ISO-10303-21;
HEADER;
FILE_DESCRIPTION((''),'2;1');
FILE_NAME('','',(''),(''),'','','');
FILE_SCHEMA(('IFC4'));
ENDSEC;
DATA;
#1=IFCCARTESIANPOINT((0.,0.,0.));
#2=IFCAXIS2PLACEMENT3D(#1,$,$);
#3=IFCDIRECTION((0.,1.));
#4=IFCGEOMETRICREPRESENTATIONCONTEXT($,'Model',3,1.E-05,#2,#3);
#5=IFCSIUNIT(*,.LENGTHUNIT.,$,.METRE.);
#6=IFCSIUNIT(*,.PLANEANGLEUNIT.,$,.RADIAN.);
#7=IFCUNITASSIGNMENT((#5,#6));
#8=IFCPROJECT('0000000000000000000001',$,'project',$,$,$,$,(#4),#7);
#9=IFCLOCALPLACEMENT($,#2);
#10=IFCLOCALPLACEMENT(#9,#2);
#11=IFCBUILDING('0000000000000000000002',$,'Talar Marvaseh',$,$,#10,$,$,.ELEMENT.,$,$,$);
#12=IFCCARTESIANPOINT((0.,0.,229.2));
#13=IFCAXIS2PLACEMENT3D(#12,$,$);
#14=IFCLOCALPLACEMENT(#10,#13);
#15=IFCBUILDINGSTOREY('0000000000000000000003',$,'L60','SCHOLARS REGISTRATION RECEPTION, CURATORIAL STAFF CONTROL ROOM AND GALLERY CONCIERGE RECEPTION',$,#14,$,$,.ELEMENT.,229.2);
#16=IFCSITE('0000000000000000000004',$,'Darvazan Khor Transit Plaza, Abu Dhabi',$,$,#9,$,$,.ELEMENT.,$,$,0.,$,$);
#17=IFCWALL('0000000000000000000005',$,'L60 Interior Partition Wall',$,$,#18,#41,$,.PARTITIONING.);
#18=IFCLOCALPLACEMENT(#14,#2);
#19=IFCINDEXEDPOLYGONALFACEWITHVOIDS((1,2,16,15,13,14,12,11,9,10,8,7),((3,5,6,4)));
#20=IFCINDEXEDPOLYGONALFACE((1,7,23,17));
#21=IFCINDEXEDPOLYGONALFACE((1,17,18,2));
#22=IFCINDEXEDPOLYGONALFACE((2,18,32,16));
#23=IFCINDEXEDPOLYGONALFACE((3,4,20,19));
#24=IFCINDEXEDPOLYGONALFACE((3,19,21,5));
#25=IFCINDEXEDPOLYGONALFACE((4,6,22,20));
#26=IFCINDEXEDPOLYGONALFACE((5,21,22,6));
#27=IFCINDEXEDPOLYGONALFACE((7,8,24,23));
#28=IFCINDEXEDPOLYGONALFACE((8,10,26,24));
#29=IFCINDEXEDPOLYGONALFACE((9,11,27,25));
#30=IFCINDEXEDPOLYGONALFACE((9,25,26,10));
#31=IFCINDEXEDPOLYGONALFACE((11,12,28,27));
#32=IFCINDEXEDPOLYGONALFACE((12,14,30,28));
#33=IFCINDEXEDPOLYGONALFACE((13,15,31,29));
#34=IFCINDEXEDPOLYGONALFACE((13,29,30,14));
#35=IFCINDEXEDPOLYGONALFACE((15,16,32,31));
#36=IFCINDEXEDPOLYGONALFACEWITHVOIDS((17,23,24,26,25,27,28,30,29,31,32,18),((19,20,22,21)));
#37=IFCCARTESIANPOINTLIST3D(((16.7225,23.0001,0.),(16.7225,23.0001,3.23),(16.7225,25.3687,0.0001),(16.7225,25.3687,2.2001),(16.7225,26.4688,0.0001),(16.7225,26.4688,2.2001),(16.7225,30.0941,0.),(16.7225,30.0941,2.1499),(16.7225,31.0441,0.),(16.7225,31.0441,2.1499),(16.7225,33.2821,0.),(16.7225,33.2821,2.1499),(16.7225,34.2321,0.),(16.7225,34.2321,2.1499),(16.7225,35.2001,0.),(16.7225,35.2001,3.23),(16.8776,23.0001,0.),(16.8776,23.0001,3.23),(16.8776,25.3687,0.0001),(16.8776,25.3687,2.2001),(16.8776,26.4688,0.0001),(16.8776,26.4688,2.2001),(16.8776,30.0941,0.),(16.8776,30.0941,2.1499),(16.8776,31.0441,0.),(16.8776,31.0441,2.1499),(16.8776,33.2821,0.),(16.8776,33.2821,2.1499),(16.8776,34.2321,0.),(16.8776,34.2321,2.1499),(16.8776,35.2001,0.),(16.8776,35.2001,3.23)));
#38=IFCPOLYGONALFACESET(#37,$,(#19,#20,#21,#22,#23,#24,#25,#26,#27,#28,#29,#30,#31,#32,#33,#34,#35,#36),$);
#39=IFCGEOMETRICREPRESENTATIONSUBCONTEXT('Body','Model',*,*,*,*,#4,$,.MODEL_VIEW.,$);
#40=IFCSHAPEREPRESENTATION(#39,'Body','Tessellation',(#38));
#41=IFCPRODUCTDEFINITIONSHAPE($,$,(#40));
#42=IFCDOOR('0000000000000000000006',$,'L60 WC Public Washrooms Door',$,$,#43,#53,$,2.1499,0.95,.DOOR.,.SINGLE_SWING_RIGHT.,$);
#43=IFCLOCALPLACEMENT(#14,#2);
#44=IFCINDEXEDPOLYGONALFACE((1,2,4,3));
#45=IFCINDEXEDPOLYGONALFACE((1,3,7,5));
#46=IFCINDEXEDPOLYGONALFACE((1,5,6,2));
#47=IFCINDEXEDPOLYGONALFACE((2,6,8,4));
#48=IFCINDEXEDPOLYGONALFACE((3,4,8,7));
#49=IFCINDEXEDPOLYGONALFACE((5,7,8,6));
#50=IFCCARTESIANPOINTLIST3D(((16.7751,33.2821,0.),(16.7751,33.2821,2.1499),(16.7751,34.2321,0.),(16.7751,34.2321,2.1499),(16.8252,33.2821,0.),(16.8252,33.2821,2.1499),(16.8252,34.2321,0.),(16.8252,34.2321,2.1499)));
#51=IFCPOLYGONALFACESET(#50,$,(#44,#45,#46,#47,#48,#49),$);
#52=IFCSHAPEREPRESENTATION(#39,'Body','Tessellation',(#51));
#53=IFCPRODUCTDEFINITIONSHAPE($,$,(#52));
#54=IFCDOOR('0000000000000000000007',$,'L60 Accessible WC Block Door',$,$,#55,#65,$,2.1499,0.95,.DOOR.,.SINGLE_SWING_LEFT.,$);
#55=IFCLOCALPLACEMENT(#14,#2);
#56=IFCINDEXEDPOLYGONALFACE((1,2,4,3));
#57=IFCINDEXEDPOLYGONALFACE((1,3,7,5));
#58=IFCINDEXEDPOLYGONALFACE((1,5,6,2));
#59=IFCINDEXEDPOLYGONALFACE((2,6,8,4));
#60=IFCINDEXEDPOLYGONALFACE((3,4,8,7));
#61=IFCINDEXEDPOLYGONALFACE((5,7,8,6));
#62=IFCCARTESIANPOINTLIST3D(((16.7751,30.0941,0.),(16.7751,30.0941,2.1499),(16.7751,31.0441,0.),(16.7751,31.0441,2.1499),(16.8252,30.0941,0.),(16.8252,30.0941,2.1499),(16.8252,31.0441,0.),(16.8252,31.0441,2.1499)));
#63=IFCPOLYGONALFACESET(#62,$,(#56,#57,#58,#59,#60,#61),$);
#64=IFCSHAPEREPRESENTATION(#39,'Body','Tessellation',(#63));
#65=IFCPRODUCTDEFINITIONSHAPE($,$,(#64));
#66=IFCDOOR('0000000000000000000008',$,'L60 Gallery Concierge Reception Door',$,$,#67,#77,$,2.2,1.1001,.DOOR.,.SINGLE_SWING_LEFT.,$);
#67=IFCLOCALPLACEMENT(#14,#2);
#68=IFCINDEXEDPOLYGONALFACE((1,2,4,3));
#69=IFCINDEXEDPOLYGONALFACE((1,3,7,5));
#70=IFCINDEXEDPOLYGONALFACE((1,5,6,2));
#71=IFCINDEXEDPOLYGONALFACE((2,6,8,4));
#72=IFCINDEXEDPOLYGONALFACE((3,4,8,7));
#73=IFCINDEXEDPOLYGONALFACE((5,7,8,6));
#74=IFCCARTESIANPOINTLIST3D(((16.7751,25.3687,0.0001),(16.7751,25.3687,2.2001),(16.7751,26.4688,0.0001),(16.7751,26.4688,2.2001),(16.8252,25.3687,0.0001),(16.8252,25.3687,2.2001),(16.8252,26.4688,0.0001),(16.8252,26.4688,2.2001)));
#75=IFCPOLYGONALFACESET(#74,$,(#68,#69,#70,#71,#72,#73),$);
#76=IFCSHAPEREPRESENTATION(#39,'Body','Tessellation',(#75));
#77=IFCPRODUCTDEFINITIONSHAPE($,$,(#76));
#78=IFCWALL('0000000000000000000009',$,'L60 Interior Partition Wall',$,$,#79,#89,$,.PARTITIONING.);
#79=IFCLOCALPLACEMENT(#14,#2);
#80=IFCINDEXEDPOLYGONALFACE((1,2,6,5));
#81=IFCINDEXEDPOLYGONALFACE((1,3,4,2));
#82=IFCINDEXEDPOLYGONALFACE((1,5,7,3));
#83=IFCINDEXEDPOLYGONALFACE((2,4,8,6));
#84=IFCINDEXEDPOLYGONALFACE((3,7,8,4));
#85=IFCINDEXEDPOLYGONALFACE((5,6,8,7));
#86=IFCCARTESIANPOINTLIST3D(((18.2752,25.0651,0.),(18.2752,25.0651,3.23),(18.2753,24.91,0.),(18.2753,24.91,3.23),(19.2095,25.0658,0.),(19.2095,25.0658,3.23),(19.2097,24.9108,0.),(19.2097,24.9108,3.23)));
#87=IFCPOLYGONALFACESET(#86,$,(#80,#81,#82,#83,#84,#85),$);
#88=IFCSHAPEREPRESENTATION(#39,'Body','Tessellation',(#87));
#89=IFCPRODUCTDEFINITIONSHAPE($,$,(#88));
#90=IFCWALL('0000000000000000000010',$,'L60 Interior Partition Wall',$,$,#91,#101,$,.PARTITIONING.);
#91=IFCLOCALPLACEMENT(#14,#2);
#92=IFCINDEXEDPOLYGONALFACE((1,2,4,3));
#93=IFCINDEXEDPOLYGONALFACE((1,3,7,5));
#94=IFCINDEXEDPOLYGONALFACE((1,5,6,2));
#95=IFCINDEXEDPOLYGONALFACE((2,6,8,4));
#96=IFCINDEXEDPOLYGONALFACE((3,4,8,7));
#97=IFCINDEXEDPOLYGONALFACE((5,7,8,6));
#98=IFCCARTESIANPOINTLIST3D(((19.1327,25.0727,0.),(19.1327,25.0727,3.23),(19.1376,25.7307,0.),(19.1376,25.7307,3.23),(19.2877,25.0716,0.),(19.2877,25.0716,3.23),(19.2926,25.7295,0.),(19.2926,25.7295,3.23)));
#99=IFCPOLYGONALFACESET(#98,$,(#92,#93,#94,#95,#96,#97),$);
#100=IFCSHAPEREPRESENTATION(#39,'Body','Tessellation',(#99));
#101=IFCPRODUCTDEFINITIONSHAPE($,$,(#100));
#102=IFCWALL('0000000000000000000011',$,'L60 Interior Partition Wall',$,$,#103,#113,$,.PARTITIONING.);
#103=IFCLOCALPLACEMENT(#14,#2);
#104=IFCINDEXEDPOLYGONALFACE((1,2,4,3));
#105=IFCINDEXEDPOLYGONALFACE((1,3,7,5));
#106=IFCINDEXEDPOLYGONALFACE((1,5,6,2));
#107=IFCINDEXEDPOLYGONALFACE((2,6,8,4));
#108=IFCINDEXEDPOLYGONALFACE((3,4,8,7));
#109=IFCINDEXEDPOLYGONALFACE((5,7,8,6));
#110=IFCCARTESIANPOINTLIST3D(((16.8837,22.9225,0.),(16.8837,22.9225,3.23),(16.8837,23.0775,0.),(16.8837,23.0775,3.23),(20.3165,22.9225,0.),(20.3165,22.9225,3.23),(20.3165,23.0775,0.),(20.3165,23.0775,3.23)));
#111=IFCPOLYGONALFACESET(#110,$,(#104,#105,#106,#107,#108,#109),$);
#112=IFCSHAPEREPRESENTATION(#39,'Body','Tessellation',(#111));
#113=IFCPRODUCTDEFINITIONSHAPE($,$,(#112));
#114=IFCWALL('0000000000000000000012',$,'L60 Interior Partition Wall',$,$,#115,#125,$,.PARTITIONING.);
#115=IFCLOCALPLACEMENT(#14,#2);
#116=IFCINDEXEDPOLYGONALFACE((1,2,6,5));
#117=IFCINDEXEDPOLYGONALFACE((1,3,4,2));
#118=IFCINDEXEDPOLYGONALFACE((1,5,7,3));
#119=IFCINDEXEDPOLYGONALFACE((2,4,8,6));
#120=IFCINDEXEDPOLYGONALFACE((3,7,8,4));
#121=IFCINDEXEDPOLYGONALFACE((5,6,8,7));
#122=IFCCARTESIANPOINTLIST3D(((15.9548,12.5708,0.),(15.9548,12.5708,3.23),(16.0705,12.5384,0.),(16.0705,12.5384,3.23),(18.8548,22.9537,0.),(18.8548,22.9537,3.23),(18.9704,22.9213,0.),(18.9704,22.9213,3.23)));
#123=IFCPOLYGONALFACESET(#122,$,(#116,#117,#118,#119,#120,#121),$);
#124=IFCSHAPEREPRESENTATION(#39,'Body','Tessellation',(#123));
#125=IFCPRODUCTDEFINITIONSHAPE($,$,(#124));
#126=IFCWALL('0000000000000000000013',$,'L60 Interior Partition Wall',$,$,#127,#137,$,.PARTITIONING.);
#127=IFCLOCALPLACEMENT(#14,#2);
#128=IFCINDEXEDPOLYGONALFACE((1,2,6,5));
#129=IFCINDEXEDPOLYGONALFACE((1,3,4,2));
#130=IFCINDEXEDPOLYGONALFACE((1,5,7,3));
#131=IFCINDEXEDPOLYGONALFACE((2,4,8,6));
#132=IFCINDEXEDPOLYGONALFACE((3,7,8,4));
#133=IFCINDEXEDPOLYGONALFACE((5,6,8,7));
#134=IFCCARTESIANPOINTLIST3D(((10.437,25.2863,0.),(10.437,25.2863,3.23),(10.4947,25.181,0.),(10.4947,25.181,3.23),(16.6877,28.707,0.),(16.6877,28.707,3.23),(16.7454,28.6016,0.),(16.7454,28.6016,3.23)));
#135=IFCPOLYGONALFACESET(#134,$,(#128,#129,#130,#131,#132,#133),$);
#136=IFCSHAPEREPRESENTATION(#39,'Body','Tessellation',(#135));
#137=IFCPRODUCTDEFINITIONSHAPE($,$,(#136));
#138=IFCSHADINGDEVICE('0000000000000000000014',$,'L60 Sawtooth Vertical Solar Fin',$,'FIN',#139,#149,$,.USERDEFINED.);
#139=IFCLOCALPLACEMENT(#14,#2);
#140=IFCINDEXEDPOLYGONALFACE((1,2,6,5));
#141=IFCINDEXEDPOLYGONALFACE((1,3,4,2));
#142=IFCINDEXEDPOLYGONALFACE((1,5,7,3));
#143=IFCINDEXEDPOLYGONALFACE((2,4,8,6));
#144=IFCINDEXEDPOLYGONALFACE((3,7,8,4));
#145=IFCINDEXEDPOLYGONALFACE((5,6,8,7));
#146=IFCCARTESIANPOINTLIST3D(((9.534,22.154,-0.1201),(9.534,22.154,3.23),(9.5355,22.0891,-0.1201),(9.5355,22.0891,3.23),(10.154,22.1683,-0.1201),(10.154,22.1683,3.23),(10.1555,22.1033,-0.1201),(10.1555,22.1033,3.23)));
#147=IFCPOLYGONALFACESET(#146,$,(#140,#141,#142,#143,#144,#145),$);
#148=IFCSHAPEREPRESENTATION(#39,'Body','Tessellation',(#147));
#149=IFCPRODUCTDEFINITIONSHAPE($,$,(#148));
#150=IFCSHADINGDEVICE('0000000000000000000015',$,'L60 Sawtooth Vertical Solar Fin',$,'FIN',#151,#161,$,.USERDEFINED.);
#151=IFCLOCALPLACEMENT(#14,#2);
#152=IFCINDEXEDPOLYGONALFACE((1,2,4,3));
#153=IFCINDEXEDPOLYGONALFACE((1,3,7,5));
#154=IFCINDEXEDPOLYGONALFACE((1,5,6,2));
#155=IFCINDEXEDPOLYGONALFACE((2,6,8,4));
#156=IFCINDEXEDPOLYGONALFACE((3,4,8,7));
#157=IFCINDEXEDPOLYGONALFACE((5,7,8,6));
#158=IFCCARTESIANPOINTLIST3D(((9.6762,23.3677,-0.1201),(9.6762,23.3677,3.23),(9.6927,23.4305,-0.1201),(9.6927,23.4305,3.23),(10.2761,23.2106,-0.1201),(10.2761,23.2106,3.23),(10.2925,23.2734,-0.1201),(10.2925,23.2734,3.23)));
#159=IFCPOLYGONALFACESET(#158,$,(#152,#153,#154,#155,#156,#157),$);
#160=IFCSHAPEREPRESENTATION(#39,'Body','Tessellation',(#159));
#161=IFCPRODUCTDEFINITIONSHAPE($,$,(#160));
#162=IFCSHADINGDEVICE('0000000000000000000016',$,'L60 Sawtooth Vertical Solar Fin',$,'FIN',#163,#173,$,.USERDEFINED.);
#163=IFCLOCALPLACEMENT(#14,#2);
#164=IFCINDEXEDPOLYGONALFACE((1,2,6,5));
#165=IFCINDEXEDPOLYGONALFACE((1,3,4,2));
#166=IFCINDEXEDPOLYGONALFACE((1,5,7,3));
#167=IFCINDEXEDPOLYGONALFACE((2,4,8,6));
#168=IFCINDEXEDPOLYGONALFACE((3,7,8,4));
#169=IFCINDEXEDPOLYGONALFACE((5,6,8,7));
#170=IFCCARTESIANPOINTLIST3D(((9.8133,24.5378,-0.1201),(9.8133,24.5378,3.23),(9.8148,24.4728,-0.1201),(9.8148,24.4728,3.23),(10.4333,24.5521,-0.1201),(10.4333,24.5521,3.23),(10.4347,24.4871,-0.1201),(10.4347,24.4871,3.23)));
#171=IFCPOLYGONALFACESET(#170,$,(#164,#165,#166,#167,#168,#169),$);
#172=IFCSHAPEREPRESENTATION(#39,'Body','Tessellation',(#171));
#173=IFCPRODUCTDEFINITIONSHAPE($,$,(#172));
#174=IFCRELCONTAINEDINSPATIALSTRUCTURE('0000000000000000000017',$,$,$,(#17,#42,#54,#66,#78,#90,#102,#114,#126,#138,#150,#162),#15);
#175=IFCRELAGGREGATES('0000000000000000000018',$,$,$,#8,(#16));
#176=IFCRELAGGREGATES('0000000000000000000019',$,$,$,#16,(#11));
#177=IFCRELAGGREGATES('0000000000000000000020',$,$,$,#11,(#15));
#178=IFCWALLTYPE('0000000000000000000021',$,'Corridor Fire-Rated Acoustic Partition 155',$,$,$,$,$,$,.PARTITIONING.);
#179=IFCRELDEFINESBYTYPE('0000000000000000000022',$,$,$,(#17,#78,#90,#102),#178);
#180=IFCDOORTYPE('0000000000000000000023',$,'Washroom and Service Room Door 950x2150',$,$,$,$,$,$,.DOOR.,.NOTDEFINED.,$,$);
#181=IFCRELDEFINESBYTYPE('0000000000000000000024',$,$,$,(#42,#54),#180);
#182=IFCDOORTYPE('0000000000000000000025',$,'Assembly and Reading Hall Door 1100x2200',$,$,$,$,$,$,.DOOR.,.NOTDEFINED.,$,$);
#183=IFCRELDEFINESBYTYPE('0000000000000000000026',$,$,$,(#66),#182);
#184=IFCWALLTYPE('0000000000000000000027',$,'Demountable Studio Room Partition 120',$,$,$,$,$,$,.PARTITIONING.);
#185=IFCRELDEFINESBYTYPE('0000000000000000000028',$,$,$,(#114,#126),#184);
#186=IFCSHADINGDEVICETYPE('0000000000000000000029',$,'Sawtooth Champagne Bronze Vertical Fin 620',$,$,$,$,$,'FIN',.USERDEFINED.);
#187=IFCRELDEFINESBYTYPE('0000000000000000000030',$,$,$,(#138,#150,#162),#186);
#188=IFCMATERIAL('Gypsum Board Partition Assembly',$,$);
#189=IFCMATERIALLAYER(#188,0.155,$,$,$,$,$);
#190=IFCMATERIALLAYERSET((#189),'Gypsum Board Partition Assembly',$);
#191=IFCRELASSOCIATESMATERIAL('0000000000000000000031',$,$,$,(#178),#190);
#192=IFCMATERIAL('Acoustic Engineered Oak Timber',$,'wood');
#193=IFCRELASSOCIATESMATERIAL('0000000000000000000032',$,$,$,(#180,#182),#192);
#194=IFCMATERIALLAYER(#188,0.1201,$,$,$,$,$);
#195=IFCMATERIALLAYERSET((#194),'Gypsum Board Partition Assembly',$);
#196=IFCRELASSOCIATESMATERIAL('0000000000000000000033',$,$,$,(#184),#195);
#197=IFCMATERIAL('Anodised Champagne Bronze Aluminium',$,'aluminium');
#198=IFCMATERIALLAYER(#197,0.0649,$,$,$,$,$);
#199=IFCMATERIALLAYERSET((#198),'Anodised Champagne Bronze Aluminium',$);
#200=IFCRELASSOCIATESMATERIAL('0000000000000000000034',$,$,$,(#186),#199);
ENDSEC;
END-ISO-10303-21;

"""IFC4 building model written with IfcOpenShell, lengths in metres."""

from ifc_helpers import new_model, si_unit, direction, frame, frame_2d, origin, origin_2d, place, context, subcontext, project, spatial, rectangle, extrude, source, transform, mapped, material, layer, layer_set, type_object, type_shapes, element, fill, save


model = new_model("IFC4")

# Units and contexts
model_context = context("Model", 3, precision=1e-05, world=origin(), true_north=direction((0.0, 1.0)))
body_context = subcontext(model_context, "Body", "Model", "MODEL_VIEW")
ifc_project = project(units=[si_unit("LENGTHUNIT", "METRE"), si_unit("PLANEANGLEUNIT", "RADIAN")], contexts=[model_context])

# Site, building, storey
site_placement = place(None, origin())
site = spatial("IfcSite", under=ifc_project, at=site_placement, Name="Darvazan Khor Transit Plaza, Abu Dhabi", CompositionType="ELEMENT", RefElevation=0.0)
building_placement = place(site_placement, origin())
building = spatial("IfcBuilding", under=site, at=building_placement, Name="Talar Marvaseh", CompositionType="ELEMENT")
storey_placement = place(building_placement, frame((0.0, 0.0, 229.2)))
storey = spatial("IfcBuildingStorey", under=building, at=storey_placement, Name="L60", Description="SCHOLARS REGISTRATION RECEPTION, CURATORIAL STAFF CONTROL ROOM AND GALLERY CONCIERGE RECEPTION", CompositionType="ELEMENT", Elevation=229.2)

# Wall, openings, doors
ifc_material_1 = material(Name="Gypsum Board Partition Assembly")
ifc_layer_1 = layer(ifc_material_1, 0.155)
ifc_layer_set_1 = layer_set([ifc_layer_1], Name="Gypsum Board Partition Assembly")
wall_type_1 = type_object("IfcWallType", Name="Corridor Fire-Rated Acoustic Partition 155", PredefinedType="PARTITIONING", material=ifc_layer_set_1)
wall_1_placement = place(storey_placement, frame((16.8, 23.0, 0.0), z_axis=(0.0, 0.0, 1.0), x_axis=(0.0, 1.0, 0.0)))
wall_1 = element("IfcWall", 1, at=wall_1_placement, inside=storey, type_object=wall_type_1, Name="L60 Interior Partition Wall", PredefinedType="PARTITIONING", context=body_context, shape_type="SweptSolid", body=[
    extrude(rectangle(XDim=12.2, YDim=0.155, at=frame_2d((6.1001, 0.0))), origin(), (0.0, 0.0, 1.0), 3.23),
])
opening_1_placement = place(wall_1_placement, frame((2.3687, 0.0, 0.0)))
opening_1 = element("IfcOpeningElement", 2, at=opening_1_placement, cuts=wall_1, PredefinedType="OPENING", context=body_context, shape_type="SweptSolid", body=[
    extrude(rectangle(XDim=1.1001, YDim=2.2, at=frame_2d((0.55, 1.1001))), frame((0.0, 0.0874, 0.0), z_axis=(0.0, -1.0, 0.0), x_axis=(1.0, 0.0, 0.0)), (0.0, 0.0, 1.0), 0.175),
])
opening_2_placement = place(wall_1_placement, frame((10.282, 0.0, 0.0)))
opening_2 = element("IfcOpeningElement", 3, at=opening_2_placement, cuts=wall_1, PredefinedType="OPENING", context=body_context, shape_type="SweptSolid", body=[
    extrude(rectangle(XDim=0.95, YDim=2.1499, at=frame_2d((0.4751, 1.075))), frame((0.0, 0.0874, 0.0), z_axis=(0.0, -1.0, 0.0), x_axis=(1.0, 0.0, 0.0)), (0.0, 0.0, 1.0), 0.175),
])
opening_3_placement = place(wall_1_placement, frame((7.094, 0.0, 0.0)))
opening_3 = element("IfcOpeningElement", 4, at=opening_3_placement, cuts=wall_1, PredefinedType="OPENING", context=body_context, shape_type="SweptSolid", body=[
    extrude(rectangle(XDim=0.95, YDim=2.1499, at=frame_2d((0.4751, 1.075))), frame((0.0, 0.0874, 0.0), z_axis=(0.0, -1.0, 0.0), x_axis=(1.0, 0.0, 0.0)), (0.0, 0.0, 1.0), 0.175),
])
ifc_material_2 = material(Name="Acoustic Engineered Oak Timber", Category="wood")
door_type_1 = type_object("IfcDoorType", Name="Washroom and Service Room Door 950x2150", OperationType="NOTDEFINED", PredefinedType="DOOR", material=ifc_material_2)
shared_shape_1 = source(origin(), body_context, "Body", "SweptSolid", [
    extrude(rectangle(XDim=0.95, YDim=2.1499, at=frame_2d((0.4751, 1.075))), frame((0.0, 0.0249, 0.0), z_axis=(0.0, -1.0, 0.0), x_axis=(1.0, 0.0, 0.0)), (0.0, 0.0, 1.0), 0.05),
])
type_shapes(door_type_1, [shared_shape_1])
door_1_placement = place(opening_2_placement, origin())
door_1 = element("IfcDoor", 5, at=door_1_placement, inside=storey, type_object=door_type_1, Name="L60 WC Public Washrooms Door", OperationType="SINGLE_SWING_RIGHT", OverallHeight=2.1499, OverallWidth=0.95, PredefinedType="DOOR", context=body_context, shape_type="MappedRepresentation", body=[
    mapped(shared_shape_1, transform((0.0, 0.0, 0.0), x_axis=(1.0, 0.0, 0.0), y_axis=(0.0, 1.0, 0.0), z_axis=(0.0, 0.0, 1.0), scale=1.0)),
])
fill(opening_2, door_1)
door_2_placement = place(opening_3_placement, origin())
door_2 = element("IfcDoor", 6, at=door_2_placement, inside=storey, type_object=door_type_1, Name="L60 Accessible WC Block Door", OperationType="SINGLE_SWING_LEFT", OverallHeight=2.1499, OverallWidth=0.95, PredefinedType="DOOR", context=body_context, shape_type="MappedRepresentation", body=[
    mapped(shared_shape_1, transform((0.0, 0.0, 0.0), x_axis=(1.0, 0.0, 0.0), y_axis=(0.0, 1.0, 0.0), z_axis=(0.0, 0.0, 1.0), scale=1.0)),
])
fill(opening_3, door_2)
door_type_2 = type_object("IfcDoorType", Name="Assembly and Reading Hall Door 1100x2200", OperationType="NOTDEFINED", PredefinedType="DOOR", material=ifc_material_2)
shared_shape_2 = source(origin(), body_context, "Body", "SweptSolid", [
    extrude(rectangle(XDim=1.1001, YDim=2.2, at=frame_2d((0.55, 1.1001))), frame((0.0, 0.0249, 0.0), z_axis=(0.0, -1.0, 0.0), x_axis=(1.0, 0.0, 0.0)), (0.0, 0.0, 1.0), 0.05),
])
type_shapes(door_type_2, [shared_shape_2])
door_3_placement = place(opening_1_placement, origin())
door_3 = element("IfcDoor", 7, at=door_3_placement, inside=storey, type_object=door_type_2, Name="L60 Gallery Concierge Reception Door", OperationType="SINGLE_SWING_LEFT", OverallHeight=2.2, OverallWidth=1.1001, PredefinedType="DOOR", context=body_context, shape_type="MappedRepresentation", body=[
    mapped(shared_shape_2, transform((0.0, 0.0, 0.0), x_axis=(1.0, 0.0, 0.0), y_axis=(0.0, 1.0, 0.0), z_axis=(0.0, 0.0, 1.0), scale=1.0)),
])
fill(opening_1, door_3)

# Walls
wall_2_placement = place(storey_placement, frame((18.2751, 24.9875, 0.0), z_axis=(0.0, 0.0, 1.0), x_axis=(1.0, 0.000784, 0.0)))
element("IfcWall", 8, at=wall_2_placement, inside=storey, type_object=wall_type_1, Name="L60 Interior Partition Wall", PredefinedType="PARTITIONING", context=body_context, shape_type="SweptSolid", body=[
    extrude(rectangle(XDim=0.9343, YDim=0.155, at=frame_2d((0.4673, 0.0))), origin(), (0.0, 0.0, 1.0), 3.23),
])
wall_3_placement = place(storey_placement, frame((19.2102, 25.072, 0.0), z_axis=(0.0, 0.0, 1.0), x_axis=(0.007421, 0.999972, 0.0)))
element("IfcWall", 9, at=wall_3_placement, inside=storey, type_object=wall_type_1, Name="L60 Interior Partition Wall", PredefinedType="PARTITIONING", context=body_context, shape_type="SweptSolid", body=[
    extrude(rectangle(XDim=0.658, YDim=0.155, at=frame_2d((0.3291, 0.0))), origin(), (0.0, 0.0, 1.0), 3.23),
])
wall_4_placement = place(storey_placement, frame((20.3164, 23.0, 0.0), z_axis=(0.0, 0.0, 1.0), x_axis=(-1.0, 0.0, 0.0)))
element("IfcWall", 10, at=wall_4_placement, inside=storey, type_object=wall_type_1, Name="L60 Interior Partition Wall", PredefinedType="PARTITIONING", context=body_context, shape_type="SweptSolid", body=[
    extrude(rectangle(XDim=3.4329, YDim=0.155, at=frame_2d((1.7163, 0.0))), origin(), (0.0, 0.0, 1.0), 3.23),
])
ifc_layer_2 = layer(ifc_material_1, 0.1201)
ifc_layer_set_2 = layer_set([ifc_layer_2], Name="Gypsum Board Partition Assembly")
wall_type_2 = type_object("IfcWallType", Name="Demountable Studio Room Partition 120", PredefinedType="PARTITIONING", material=ifc_layer_set_2)
wall_5_placement = place(storey_placement, frame((18.9126, 22.9375, 0.0), z_axis=(0.0, 0.0, 1.0), x_axis=(-0.269003, -0.963139, 0.0)))
element("IfcWall", 11, at=wall_5_placement, inside=storey, type_object=wall_type_2, Name="L60 Interior Partition Wall", PredefinedType="PARTITIONING", context=body_context, shape_type="SweptSolid", body=[
    extrude(rectangle(XDim=10.7803, YDim=0.1201, at=frame_2d((5.3901, 0.0))), origin(), (0.0, 0.0, 1.0), 3.23),
])
wall_6_placement = place(storey_placement, frame((10.4658, 25.2336, 0.0), z_axis=(0.0, 0.0, 1.0), x_axis=(0.877236, 0.480059, 0.0)))
element("IfcWall", 12, at=wall_6_placement, inside=storey, type_object=wall_type_2, Name="L60 Interior Partition Wall", PredefinedType="PARTITIONING", context=body_context, shape_type="SweptSolid", body=[
    extrude(rectangle(XDim=7.1255, YDim=0.1201, at=frame_2d((3.5627, 0.0))), origin(), (0.0, 0.0, 1.0), 3.23),
])

# Shading devices
ifc_material_3 = material(Name="Anodised Champagne Bronze Aluminium", Category="aluminium")
ifc_layer_3 = layer(ifc_material_3, 0.0649)
ifc_layer_set_3 = layer_set([ifc_layer_3], Name="Anodised Champagne Bronze Aluminium")
shading_device_type = type_object("IfcShadingDeviceType", Name="Sawtooth Champagne Bronze Vertical Fin 620", ElementType="FIN", PredefinedType="USERDEFINED", material=ifc_layer_set_3)
shared_shape_3 = source(origin(), body_context, "Body", "SweptSolid", [
    extrude(rectangle(XDim=0.6201, YDim=0.0649, at=origin_2d()), origin(), (0.0, 0.0, 1.0), 3.3501),
])
type_shapes(shading_device_type, [shared_shape_3])
for number, where, z_axis, x_axis, name in (
    (13, (9.8447, 22.1287, -0.1201), (0.0, 0.0, 1.0), (-0.999735, -0.023036, 0.0), "L60 Sawtooth Vertical Solar Fin"),
    (14, (9.9844, 23.3206, -0.1201), (0.0, 0.0, 1.0), (-0.967356, 0.25342, 0.0), "L60 Sawtooth Vertical Solar Fin"),
    (15, (10.124, 24.5125, -0.1201), (0.0, 0.0, 1.0), (-0.999735, -0.023036, 0.0), "L60 Sawtooth Vertical Solar Fin"),
):
    element("IfcShadingDevice", number, at=place(storey_placement, frame(where, z_axis=z_axis, x_axis=x_axis)), inside=storey, type_object=shading_device_type, Name=name, ObjectType="FIN", PredefinedType="USERDEFINED", context=body_context, shape_type="MappedRepresentation", body=[
        mapped(shared_shape_3, transform((0.0, 0.0, 0.0), x_axis=(1.0, 0.0, 0.0), y_axis=(0.0, 1.0, 0.0), z_axis=(0.0, 0.0, 1.0), scale=1.0)),
    ])

save(model, "model.ifc")
